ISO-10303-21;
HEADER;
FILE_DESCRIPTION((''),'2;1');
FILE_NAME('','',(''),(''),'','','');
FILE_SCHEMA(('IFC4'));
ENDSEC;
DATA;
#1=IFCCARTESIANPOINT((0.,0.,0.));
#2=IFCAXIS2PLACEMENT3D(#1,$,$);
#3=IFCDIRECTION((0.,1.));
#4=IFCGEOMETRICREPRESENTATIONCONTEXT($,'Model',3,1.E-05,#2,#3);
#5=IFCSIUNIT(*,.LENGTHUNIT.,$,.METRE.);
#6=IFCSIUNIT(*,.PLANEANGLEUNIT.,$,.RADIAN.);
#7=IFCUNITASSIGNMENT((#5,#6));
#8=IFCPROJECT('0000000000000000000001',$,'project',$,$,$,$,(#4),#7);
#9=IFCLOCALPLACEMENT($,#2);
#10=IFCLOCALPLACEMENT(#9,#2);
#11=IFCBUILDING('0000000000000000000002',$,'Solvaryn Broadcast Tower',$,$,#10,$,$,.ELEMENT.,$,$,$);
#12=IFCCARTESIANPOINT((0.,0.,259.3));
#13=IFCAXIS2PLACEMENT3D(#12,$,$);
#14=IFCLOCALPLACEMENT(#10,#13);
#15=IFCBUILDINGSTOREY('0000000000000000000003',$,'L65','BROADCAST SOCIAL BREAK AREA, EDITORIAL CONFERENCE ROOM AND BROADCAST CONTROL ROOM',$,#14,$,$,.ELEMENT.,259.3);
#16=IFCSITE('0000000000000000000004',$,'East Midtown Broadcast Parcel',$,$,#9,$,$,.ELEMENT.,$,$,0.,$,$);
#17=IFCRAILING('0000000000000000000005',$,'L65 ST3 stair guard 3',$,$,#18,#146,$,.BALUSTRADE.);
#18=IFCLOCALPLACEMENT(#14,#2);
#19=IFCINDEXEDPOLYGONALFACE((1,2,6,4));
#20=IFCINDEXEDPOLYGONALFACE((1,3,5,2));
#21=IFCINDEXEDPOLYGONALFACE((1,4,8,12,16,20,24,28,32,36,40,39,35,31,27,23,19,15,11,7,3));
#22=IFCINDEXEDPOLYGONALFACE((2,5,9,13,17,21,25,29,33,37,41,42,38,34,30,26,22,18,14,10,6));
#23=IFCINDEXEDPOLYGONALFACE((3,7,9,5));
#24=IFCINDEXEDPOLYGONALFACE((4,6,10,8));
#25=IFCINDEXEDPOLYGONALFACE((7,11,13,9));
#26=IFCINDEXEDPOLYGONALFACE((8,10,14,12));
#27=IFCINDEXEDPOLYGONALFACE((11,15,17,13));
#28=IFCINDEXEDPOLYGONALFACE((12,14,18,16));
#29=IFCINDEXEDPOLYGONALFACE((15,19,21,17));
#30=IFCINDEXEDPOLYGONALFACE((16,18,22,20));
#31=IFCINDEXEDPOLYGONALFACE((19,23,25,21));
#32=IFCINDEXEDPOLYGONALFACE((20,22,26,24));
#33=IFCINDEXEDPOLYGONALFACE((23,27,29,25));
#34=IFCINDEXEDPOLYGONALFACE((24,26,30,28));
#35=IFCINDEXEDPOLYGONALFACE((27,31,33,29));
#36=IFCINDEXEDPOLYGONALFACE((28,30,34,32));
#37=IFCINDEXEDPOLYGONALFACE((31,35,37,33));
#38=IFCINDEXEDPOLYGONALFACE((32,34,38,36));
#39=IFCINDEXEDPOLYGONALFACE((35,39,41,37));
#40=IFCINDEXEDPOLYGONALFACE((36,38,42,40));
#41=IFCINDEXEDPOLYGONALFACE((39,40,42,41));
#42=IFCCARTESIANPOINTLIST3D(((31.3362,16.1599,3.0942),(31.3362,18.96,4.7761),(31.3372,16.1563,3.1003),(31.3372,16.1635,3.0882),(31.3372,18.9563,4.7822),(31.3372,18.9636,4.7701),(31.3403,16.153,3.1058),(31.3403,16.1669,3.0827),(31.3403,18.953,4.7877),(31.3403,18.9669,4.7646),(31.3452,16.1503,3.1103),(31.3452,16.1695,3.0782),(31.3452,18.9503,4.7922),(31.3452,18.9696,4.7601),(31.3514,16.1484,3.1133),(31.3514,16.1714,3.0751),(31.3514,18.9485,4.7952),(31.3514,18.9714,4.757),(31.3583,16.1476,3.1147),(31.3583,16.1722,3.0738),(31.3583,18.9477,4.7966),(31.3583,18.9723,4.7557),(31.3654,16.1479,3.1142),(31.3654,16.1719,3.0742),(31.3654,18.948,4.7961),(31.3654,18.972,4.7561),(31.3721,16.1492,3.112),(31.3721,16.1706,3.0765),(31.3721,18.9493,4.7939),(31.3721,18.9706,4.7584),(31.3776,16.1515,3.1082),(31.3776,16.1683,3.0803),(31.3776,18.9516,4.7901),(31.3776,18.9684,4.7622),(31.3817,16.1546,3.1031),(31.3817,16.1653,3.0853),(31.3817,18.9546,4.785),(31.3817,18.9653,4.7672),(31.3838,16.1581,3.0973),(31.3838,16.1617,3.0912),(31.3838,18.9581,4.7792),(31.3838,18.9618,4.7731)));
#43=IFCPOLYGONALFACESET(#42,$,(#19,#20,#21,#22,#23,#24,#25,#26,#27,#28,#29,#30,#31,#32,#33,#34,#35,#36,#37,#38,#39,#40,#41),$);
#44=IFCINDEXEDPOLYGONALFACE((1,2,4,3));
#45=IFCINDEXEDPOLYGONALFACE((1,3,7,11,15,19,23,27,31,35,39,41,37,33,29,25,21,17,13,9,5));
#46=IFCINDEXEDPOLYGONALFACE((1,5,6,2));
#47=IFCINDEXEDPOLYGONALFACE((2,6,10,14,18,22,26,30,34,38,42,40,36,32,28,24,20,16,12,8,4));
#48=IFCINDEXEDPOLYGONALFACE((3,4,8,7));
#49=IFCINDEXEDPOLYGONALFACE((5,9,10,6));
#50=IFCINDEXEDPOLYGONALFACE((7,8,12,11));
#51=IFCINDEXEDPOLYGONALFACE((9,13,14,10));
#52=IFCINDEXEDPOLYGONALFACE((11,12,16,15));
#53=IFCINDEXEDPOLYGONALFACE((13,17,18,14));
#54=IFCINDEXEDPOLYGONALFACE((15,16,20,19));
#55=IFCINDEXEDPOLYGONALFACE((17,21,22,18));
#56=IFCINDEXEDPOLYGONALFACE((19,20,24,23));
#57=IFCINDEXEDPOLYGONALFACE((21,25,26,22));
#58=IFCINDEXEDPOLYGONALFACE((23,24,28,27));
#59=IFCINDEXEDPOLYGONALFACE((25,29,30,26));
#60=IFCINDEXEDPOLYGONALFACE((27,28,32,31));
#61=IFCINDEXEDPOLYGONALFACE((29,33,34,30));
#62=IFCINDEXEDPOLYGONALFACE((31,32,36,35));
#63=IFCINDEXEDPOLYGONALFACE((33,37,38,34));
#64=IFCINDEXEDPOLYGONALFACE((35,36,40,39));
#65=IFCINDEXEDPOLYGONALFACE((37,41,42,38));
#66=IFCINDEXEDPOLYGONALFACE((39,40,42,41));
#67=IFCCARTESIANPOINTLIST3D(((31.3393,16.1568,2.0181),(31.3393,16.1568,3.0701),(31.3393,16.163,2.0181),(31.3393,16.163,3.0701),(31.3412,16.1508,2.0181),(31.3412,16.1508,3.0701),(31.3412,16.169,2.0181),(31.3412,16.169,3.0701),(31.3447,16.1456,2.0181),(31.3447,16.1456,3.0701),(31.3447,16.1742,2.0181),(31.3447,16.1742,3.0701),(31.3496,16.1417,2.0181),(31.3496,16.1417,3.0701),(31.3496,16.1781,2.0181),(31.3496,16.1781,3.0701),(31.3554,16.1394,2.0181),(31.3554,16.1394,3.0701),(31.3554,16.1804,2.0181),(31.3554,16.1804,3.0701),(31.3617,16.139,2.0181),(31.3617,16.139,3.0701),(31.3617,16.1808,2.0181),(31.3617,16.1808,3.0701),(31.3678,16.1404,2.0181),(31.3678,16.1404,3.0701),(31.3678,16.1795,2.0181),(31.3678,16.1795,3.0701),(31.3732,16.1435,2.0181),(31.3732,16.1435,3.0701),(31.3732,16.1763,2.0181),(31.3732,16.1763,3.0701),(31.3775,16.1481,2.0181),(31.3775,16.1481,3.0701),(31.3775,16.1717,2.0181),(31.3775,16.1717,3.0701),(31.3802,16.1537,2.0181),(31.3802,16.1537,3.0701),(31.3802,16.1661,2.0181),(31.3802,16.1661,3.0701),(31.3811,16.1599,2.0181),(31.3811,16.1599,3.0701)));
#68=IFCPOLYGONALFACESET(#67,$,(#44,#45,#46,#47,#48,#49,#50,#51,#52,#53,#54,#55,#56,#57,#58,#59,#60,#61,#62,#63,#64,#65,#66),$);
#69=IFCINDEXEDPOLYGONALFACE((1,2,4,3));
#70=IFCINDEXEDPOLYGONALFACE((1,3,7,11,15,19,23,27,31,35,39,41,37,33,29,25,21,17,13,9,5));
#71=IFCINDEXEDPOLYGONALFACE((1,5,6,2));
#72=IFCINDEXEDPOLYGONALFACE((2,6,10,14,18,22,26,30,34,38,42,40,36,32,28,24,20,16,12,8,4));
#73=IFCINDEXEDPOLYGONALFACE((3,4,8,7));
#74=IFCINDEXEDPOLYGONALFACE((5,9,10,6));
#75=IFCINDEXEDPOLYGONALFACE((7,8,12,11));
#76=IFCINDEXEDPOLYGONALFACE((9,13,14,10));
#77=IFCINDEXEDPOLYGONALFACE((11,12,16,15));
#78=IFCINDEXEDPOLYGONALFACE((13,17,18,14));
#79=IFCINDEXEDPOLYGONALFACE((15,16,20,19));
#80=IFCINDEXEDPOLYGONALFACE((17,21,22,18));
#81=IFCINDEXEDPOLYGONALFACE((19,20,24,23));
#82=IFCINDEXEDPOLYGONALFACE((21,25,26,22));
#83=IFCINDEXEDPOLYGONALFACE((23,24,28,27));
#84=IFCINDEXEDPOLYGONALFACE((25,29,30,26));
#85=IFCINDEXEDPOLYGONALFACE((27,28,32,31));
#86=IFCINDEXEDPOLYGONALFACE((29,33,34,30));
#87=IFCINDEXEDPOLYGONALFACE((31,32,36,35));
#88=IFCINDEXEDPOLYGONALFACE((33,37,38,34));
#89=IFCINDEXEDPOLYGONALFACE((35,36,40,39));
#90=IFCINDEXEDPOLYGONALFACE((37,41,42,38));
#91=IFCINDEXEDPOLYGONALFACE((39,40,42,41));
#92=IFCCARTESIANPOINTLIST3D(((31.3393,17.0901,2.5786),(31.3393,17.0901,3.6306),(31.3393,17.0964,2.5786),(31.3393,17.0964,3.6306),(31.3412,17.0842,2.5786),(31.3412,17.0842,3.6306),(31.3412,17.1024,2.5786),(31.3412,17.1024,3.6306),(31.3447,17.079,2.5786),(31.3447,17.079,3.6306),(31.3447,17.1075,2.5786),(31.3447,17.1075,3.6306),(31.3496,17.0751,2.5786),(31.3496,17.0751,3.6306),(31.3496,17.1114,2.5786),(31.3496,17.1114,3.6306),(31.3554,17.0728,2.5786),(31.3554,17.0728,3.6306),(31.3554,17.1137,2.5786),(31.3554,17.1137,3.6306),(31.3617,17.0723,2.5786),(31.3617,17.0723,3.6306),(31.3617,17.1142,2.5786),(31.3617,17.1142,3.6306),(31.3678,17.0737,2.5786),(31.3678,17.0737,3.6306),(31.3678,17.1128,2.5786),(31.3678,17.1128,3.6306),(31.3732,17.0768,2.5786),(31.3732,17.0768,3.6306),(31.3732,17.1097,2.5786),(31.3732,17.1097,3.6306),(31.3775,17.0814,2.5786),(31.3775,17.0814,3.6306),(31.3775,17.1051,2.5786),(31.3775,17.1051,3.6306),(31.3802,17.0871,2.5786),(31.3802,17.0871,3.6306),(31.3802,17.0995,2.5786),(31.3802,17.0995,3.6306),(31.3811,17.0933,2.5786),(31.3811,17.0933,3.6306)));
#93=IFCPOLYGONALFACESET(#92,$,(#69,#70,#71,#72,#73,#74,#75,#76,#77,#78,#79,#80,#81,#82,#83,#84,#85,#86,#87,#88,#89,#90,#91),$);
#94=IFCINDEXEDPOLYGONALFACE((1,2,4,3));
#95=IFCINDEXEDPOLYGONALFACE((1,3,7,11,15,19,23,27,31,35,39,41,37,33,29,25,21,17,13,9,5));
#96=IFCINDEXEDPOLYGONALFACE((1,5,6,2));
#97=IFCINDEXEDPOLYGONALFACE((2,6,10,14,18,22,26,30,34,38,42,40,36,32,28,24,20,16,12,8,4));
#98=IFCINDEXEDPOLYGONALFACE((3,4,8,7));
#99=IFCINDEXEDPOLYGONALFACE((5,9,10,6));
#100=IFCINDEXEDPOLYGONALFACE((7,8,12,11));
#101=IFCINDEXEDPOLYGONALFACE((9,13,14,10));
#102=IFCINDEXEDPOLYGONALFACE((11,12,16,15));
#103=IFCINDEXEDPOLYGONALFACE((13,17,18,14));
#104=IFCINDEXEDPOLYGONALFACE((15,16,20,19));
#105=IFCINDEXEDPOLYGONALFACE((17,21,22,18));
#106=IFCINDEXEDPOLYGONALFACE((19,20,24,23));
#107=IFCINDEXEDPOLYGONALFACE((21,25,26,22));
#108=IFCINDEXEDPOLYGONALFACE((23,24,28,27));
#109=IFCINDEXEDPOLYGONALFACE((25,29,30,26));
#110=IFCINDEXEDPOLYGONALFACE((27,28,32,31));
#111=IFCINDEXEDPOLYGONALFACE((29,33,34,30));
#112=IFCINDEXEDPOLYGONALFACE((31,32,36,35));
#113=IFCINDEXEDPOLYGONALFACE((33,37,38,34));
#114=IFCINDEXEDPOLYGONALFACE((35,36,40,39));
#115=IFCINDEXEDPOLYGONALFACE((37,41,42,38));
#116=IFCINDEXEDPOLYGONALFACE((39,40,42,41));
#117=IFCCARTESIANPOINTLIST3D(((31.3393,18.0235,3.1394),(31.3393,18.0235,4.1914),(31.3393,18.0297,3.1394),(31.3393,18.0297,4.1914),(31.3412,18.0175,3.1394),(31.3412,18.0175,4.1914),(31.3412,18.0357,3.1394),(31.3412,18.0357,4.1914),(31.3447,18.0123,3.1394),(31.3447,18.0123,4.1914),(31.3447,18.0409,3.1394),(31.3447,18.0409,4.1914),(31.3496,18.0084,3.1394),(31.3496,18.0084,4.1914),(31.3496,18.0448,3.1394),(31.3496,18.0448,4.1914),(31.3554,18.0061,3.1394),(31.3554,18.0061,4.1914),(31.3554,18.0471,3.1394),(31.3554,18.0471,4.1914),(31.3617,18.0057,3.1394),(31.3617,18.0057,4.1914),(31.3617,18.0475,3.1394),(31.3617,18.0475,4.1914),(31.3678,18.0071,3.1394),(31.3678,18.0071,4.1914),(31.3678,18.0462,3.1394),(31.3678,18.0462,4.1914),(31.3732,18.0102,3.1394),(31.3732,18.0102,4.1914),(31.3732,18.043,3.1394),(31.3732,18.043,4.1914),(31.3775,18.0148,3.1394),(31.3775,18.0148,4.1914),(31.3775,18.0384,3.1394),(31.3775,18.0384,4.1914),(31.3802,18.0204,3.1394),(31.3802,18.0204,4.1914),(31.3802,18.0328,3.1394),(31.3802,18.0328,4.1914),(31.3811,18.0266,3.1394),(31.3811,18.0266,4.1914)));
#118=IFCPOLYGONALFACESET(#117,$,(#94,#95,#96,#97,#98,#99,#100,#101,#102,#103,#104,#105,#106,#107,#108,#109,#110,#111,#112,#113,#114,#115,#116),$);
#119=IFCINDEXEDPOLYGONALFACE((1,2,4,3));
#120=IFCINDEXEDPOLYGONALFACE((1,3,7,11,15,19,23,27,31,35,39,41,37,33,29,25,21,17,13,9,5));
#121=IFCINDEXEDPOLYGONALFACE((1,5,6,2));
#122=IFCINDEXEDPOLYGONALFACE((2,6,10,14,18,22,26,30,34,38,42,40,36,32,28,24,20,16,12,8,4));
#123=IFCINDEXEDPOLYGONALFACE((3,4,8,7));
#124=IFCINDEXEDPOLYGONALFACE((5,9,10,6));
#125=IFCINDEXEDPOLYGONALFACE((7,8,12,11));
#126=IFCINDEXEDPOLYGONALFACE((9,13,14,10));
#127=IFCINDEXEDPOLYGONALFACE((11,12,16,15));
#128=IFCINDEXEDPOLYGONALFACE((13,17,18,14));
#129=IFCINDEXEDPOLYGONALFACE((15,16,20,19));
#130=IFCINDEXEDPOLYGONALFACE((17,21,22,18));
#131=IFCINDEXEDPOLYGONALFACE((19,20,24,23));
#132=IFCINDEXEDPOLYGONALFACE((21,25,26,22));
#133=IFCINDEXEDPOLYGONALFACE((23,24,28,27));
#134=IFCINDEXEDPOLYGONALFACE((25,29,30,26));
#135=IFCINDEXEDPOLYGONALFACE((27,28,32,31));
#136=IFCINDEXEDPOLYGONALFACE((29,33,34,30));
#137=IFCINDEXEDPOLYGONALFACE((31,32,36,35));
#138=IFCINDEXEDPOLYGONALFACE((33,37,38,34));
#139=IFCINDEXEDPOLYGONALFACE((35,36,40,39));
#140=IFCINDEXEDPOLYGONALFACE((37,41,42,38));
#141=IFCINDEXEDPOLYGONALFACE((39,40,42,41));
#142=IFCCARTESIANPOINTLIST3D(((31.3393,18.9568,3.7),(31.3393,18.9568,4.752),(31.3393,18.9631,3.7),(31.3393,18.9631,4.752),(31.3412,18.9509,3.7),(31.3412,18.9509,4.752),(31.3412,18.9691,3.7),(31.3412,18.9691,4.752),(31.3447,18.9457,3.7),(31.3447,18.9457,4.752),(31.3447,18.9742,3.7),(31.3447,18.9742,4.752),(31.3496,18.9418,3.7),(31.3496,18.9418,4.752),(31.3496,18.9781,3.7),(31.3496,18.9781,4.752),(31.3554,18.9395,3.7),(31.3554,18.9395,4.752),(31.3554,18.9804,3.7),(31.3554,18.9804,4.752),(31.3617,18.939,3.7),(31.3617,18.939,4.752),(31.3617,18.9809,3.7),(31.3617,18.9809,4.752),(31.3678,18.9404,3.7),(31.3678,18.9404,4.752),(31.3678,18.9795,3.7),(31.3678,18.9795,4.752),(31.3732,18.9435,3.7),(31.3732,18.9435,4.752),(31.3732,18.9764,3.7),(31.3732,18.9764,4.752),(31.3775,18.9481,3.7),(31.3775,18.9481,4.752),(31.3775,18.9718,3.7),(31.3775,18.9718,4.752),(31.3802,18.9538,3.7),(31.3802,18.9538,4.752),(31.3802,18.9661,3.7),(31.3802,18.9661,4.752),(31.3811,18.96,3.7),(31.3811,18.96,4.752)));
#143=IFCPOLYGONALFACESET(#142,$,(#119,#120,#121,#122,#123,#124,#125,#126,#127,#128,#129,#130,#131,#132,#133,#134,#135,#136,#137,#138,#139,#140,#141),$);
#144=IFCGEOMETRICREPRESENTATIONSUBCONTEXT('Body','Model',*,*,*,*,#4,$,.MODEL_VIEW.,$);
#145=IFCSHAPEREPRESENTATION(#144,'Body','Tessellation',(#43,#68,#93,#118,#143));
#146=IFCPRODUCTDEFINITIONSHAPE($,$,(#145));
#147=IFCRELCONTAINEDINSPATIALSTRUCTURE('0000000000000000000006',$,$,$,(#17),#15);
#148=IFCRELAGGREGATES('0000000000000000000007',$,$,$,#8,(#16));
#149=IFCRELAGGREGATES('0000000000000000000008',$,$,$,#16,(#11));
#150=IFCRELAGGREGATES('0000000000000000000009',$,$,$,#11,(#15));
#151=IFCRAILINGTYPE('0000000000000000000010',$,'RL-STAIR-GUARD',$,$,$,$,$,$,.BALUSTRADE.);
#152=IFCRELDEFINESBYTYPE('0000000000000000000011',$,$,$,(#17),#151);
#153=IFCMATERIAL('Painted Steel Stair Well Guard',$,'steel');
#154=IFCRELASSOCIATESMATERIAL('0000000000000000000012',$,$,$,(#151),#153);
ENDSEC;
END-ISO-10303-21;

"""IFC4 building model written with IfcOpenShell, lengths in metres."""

from ifc_helpers import new_model, si_unit, direction, frame, origin, origin_2d, place, context, subcontext, project, spatial, circle, extrude, material, type_object, element, save


model = new_model("IFC4")

# Units and contexts
model_context = context("Model", 3, precision=1e-05, world=origin(), true_north=direction((0.0, 1.0)))
body_context = subcontext(model_context, "Body", "Model", "MODEL_VIEW")
ifc_project = project(units=[si_unit("LENGTHUNIT", "METRE"), si_unit("PLANEANGLEUNIT", "RADIAN")], contexts=[model_context])

# Site, building, storey
site_placement = place(None, origin())
site = spatial("IfcSite", under=ifc_project, at=site_placement, Name="East Midtown Broadcast Parcel", CompositionType="ELEMENT", RefElevation=0.0)
building_placement = place(site_placement, origin())
building = spatial("IfcBuilding", under=site, at=building_placement, Name="Solvaryn Broadcast Tower", CompositionType="ELEMENT")
storey_placement = place(building_placement, frame((0.0, 0.0, 259.3)))
storey = spatial("IfcBuildingStorey", under=building, at=storey_placement, Name="L65", Description="BROADCAST SOCIAL BREAK AREA, EDITORIAL CONFERENCE ROOM AND BROADCAST CONTROL ROOM", CompositionType="ELEMENT", Elevation=259.3)

# Railing
ifc_material_1 = material(Name="Painted Steel Stair Well Guard", Category="steel")
railing_type_1 = type_object("IfcRailingType", Name="RL-STAIR-GUARD", PredefinedType="BALUSTRADE", material=ifc_material_1)
railing_1_placement = place(storey_placement, frame((31.3601, 16.1599, 2.0181)))
element("IfcRailing", 1, at=railing_1_placement, inside=storey, type_object=railing_type_1, Name="L65 ST3 stair guard 3", PredefinedType="BALUSTRADE", context=body_context, shape_type="SweptSolid", body=[
    extrude(circle(Radius=0.0239, at=origin_2d()), frame((0.0, 0.0, 1.0762), z_axis=(0.0, 0.857242, 0.514913), x_axis=(-1.0, 0.0, 0.0)), (0.0, 0.0, 1.0), 3.2664),
    extrude(circle(Radius=0.021, at=origin_2d()), origin(), (0.0, 0.0, 1.0), 1.052),
    extrude(circle(Radius=0.021, at=origin_2d()), frame((0.0, 0.9333, 0.5605)), (0.0, 0.0, 1.0), 1.052),
    extrude(circle(Radius=0.021, at=origin_2d()), frame((0.0, 1.8667, 1.1213)), (0.0, 0.0, 1.0), 1.052),
    extrude(circle(Radius=0.021, at=origin_2d()), frame((0.0, 2.8, 1.6819)), (0.0, 0.0, 1.0), 1.052),
])

save(model, "model.ifc")
